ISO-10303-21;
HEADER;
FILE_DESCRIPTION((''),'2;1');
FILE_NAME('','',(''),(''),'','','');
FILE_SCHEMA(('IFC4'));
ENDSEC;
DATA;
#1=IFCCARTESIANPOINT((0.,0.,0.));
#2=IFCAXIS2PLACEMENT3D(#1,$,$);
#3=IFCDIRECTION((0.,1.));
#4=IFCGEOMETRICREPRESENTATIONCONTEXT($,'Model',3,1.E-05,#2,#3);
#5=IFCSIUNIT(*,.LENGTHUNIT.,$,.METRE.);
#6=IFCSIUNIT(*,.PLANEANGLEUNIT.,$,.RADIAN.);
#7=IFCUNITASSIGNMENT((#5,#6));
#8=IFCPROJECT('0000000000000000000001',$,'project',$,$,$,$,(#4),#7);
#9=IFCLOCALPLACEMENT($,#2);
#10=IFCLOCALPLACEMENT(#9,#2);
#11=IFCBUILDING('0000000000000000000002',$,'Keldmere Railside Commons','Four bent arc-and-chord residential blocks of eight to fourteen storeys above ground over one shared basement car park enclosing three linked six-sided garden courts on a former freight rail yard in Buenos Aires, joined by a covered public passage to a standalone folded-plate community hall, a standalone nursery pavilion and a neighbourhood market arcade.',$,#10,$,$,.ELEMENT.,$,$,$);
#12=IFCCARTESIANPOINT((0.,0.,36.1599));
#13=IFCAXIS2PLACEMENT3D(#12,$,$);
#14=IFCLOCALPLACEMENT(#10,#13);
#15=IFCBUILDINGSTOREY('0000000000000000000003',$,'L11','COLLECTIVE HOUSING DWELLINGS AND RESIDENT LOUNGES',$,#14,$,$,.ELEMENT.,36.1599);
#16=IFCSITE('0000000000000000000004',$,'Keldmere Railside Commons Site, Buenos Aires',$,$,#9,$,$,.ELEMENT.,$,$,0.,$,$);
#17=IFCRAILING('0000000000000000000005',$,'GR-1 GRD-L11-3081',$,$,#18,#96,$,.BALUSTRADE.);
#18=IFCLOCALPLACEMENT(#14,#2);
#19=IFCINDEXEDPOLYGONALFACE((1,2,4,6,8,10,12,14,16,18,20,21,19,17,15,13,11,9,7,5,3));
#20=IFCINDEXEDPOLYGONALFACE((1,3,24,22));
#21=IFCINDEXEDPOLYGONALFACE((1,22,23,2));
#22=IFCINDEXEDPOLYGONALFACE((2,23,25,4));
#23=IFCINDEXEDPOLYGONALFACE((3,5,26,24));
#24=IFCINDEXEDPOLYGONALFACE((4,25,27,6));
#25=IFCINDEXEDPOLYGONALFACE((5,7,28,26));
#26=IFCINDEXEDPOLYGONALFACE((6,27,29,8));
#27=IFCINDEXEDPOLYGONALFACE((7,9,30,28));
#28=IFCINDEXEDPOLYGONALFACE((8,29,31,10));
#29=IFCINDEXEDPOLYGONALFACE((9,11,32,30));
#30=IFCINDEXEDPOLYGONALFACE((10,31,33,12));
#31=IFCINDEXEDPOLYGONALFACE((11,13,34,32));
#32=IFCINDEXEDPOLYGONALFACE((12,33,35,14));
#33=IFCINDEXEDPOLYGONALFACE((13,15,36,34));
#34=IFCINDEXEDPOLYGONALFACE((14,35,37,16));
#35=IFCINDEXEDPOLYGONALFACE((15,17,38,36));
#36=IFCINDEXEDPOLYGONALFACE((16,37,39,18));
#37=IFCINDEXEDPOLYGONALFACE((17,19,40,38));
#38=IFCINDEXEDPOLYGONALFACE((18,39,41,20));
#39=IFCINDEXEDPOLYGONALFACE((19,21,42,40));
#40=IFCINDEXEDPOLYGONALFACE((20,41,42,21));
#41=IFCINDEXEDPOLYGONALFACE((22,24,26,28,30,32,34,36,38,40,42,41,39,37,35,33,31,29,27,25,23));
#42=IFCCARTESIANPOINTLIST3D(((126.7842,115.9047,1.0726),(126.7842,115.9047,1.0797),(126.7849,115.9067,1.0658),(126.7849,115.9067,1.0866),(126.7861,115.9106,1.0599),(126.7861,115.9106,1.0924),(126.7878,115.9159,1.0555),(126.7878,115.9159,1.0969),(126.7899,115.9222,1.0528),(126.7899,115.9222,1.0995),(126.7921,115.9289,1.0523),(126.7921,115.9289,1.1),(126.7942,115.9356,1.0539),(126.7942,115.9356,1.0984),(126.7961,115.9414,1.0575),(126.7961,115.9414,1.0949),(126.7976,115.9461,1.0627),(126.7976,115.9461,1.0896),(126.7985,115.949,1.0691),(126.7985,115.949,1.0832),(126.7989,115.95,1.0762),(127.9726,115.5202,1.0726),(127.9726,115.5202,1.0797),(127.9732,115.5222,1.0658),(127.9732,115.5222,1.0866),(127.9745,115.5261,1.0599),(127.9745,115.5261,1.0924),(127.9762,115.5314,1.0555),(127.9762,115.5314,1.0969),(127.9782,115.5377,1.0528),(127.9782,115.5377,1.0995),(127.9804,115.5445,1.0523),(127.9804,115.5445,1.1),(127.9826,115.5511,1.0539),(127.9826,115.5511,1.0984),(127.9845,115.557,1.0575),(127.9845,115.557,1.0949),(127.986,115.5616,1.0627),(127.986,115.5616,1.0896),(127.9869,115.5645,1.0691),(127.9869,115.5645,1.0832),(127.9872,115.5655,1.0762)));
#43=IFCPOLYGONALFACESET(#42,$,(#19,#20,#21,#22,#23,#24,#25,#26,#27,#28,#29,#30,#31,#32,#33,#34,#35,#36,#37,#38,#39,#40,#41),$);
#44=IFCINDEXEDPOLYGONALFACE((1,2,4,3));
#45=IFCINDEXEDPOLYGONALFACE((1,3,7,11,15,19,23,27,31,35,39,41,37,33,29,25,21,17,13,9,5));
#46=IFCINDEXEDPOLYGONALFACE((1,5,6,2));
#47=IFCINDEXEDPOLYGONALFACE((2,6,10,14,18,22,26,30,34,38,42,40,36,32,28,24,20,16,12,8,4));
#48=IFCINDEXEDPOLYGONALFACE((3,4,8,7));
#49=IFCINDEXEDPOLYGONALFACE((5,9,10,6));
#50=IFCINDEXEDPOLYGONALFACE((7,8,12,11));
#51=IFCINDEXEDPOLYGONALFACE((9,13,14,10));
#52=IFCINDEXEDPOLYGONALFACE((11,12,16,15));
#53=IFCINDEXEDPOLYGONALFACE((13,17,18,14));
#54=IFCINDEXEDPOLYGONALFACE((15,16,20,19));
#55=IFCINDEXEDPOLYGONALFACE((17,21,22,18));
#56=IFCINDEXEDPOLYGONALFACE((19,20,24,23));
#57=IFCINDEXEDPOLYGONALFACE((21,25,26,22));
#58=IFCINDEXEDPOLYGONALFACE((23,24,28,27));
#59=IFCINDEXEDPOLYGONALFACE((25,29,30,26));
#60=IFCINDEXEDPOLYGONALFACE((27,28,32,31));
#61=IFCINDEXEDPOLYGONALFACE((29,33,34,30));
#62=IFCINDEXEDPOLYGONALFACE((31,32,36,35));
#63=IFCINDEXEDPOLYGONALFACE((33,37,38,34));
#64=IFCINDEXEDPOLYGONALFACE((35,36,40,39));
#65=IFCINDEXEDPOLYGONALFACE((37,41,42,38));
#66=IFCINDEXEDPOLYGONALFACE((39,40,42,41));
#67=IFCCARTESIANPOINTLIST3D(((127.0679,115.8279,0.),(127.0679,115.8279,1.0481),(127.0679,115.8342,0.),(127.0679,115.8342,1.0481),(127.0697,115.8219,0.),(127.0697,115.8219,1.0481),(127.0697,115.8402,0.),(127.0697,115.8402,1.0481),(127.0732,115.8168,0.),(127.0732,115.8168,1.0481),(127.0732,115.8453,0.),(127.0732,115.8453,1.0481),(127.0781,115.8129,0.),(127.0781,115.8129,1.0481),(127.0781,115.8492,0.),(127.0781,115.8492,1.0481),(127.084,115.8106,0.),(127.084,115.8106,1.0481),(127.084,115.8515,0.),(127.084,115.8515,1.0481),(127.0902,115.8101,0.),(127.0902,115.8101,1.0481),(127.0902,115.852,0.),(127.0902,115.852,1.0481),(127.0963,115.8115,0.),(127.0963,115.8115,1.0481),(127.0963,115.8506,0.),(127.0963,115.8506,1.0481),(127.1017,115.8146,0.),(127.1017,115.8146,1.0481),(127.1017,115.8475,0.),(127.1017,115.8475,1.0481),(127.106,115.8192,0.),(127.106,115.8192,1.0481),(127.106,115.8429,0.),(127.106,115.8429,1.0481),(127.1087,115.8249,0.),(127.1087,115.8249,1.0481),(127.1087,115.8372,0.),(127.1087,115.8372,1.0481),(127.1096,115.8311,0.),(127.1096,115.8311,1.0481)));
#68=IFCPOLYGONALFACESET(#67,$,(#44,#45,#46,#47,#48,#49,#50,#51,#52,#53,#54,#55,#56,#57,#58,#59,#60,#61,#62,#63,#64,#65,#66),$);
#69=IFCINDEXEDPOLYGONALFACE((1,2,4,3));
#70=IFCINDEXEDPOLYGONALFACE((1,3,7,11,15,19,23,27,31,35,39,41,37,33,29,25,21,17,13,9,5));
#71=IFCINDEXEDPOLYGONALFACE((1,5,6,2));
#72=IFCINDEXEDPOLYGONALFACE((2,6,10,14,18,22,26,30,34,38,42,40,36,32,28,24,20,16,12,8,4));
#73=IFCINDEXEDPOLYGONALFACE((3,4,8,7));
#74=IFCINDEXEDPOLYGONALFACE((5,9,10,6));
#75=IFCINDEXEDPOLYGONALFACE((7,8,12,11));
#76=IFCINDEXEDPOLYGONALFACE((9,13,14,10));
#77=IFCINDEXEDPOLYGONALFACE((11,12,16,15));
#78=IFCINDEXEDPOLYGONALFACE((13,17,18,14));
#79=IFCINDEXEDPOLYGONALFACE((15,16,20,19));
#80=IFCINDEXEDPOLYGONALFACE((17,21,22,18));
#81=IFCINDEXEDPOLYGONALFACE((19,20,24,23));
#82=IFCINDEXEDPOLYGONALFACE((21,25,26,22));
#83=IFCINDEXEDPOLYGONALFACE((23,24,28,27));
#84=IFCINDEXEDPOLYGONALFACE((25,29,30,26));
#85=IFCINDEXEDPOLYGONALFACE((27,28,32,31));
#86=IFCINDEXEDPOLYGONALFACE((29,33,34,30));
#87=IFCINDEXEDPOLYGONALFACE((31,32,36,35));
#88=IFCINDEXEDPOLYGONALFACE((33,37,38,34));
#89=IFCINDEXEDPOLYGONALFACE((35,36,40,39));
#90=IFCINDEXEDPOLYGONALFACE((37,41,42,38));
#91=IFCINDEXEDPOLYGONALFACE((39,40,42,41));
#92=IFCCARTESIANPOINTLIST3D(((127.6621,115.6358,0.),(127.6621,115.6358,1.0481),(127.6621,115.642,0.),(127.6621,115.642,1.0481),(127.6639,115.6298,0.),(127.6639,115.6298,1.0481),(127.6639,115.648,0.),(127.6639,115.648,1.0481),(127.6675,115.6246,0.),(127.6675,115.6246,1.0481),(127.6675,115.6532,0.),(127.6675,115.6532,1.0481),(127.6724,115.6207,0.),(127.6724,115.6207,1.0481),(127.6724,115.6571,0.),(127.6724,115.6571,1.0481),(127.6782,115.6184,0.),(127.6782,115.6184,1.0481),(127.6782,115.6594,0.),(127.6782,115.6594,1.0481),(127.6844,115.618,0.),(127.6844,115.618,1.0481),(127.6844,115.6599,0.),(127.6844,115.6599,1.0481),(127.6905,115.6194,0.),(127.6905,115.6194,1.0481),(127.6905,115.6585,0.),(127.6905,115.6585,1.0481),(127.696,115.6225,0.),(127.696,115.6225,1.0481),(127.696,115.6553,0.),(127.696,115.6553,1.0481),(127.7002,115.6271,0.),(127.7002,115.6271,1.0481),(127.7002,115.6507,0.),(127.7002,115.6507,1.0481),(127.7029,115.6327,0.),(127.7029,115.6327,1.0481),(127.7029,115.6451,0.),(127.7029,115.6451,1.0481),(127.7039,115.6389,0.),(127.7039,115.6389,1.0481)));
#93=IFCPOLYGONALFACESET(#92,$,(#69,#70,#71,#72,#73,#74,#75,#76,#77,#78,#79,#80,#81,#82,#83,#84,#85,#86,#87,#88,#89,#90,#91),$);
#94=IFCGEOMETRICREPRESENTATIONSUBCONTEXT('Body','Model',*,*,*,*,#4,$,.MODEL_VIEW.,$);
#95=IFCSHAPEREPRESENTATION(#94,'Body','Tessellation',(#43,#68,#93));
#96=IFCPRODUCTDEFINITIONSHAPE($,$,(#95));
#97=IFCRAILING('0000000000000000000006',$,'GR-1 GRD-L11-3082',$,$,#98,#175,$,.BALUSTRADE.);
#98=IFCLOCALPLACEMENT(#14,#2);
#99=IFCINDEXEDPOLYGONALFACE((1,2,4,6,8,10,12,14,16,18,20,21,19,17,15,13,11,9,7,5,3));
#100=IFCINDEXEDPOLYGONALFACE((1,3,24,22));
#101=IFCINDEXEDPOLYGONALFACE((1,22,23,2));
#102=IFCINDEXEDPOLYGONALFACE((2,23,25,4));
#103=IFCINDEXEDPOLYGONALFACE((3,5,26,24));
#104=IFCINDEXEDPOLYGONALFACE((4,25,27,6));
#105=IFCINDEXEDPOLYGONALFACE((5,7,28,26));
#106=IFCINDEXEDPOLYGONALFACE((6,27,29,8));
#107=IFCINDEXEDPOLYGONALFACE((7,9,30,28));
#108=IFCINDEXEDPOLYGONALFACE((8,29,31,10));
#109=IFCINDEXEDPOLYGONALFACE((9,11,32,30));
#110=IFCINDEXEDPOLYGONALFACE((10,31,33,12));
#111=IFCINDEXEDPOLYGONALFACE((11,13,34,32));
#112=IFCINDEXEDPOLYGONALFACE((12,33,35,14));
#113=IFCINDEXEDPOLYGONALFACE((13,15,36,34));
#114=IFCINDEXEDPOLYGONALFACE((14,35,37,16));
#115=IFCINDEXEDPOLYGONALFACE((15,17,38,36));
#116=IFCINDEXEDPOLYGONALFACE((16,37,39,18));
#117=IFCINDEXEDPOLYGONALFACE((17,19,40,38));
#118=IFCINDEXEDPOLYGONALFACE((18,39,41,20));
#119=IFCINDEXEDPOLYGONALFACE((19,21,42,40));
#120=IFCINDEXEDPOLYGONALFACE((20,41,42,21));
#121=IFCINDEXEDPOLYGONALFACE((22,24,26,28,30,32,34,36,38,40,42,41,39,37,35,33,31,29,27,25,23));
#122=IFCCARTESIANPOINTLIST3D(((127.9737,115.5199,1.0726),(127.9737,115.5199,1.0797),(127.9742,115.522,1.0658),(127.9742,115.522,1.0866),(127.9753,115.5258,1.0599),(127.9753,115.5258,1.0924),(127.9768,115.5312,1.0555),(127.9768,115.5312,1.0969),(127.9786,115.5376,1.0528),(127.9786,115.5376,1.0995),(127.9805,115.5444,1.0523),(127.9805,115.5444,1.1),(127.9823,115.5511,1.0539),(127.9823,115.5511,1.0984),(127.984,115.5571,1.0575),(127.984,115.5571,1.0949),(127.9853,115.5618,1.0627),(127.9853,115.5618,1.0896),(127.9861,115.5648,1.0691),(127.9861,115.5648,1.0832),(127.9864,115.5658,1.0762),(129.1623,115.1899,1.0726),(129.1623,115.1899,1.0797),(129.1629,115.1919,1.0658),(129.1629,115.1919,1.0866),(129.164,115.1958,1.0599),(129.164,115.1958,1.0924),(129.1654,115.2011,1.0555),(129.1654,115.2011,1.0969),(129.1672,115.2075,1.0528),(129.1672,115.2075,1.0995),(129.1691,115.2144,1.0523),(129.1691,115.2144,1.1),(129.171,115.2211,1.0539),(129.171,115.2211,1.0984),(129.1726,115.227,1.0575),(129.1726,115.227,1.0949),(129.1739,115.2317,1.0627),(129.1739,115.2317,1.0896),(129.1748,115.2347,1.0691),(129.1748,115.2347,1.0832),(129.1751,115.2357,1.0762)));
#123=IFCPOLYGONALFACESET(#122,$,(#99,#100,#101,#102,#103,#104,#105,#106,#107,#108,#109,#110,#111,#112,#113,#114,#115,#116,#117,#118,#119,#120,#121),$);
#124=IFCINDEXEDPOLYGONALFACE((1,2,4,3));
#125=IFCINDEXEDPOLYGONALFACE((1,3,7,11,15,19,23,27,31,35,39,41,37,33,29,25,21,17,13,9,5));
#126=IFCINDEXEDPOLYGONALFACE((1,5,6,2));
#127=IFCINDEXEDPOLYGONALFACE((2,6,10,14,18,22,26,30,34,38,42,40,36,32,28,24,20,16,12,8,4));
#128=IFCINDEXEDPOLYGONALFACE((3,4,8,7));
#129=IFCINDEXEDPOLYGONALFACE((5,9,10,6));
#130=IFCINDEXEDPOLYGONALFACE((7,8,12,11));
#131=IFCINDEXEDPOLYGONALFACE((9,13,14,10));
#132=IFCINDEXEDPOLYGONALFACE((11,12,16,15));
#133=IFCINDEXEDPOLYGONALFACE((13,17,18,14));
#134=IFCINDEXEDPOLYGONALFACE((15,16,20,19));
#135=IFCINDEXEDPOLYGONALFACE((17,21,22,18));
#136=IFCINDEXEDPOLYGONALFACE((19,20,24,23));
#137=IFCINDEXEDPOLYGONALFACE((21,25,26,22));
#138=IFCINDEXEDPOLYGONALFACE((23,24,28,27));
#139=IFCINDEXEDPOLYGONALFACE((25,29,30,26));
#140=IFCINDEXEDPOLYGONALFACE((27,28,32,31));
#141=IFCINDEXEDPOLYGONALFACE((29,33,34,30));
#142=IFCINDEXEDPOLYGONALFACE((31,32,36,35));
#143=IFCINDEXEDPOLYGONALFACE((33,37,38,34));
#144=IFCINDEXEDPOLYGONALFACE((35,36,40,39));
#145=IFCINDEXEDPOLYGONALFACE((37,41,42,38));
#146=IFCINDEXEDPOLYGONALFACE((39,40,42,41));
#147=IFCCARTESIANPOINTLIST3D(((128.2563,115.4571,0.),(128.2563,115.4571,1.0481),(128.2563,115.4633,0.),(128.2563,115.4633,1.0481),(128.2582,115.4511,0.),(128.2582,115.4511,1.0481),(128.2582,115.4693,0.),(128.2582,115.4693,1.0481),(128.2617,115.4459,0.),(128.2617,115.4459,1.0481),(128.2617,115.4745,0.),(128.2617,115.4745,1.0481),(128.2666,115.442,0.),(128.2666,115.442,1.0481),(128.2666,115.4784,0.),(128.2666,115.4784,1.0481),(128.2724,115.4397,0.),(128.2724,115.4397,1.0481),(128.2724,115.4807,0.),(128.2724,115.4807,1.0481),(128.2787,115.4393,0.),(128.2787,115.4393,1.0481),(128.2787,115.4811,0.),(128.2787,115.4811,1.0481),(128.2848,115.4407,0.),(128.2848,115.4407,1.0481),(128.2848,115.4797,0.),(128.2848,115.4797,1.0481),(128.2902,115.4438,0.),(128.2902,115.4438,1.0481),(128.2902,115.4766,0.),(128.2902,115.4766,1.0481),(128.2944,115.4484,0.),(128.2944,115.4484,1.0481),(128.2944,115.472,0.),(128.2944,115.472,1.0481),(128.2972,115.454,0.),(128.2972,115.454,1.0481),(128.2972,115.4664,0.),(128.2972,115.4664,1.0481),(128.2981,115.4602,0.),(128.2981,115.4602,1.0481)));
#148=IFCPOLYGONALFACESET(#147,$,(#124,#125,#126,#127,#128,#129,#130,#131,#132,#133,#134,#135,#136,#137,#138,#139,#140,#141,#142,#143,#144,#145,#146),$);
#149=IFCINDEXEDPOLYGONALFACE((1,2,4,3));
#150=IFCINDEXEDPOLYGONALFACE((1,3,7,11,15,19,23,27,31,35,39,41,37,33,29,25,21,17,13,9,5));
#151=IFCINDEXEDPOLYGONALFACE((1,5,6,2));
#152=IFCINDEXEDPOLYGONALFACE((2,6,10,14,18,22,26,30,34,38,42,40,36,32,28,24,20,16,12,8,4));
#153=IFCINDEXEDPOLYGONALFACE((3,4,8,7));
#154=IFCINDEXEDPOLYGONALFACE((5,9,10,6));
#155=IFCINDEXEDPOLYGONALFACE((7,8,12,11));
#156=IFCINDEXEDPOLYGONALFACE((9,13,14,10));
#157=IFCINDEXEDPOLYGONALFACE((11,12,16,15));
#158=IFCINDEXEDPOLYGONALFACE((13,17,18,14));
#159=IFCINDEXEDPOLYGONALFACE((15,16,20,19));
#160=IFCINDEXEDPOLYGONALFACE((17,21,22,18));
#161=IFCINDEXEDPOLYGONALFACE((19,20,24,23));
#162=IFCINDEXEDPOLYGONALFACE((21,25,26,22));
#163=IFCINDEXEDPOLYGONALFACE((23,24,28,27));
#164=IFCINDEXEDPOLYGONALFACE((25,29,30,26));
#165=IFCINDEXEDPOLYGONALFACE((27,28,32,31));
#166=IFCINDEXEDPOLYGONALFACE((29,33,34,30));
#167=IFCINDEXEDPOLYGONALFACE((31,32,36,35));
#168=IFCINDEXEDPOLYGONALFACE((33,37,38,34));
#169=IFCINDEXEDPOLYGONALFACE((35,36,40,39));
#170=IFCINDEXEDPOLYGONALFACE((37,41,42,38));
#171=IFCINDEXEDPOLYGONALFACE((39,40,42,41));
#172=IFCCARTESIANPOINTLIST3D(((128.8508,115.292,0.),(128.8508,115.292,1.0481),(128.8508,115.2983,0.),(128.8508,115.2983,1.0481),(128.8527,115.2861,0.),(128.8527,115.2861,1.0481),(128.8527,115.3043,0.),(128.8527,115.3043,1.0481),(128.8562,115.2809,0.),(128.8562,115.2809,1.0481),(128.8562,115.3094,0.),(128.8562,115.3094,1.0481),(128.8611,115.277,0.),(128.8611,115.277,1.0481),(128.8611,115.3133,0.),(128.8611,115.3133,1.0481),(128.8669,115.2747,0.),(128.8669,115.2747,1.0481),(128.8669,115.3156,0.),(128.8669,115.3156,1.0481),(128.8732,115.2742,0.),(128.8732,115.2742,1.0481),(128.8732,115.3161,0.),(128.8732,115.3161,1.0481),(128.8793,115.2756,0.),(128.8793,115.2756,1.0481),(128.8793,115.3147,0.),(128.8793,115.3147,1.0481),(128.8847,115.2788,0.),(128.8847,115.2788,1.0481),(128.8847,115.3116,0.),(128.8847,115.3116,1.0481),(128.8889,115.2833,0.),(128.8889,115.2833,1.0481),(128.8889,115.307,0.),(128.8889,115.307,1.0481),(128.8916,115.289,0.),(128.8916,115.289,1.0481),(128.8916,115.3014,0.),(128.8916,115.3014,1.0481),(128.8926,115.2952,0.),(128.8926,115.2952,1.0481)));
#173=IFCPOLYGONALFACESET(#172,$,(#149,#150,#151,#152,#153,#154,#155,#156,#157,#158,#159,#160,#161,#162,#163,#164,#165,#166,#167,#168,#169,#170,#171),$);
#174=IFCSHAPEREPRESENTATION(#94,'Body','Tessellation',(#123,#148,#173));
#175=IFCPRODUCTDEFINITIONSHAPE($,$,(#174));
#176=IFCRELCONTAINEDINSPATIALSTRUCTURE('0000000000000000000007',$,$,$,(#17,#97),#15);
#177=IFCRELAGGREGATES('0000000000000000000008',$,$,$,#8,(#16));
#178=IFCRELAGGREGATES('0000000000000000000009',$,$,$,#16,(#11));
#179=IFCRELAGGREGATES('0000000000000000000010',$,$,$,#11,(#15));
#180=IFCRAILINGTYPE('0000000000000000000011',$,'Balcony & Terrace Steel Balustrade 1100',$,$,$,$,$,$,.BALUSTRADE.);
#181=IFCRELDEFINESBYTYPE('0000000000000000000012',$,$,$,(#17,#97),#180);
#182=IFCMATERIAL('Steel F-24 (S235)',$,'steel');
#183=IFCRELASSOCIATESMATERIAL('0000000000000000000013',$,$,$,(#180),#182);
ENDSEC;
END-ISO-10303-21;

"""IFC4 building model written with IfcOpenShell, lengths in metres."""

from ifc_helpers import new_model, si_unit, direction, frame, origin, origin_2d, place, context, subcontext, project, spatial, circle, extrude, material, type_object, element, save


model = new_model("IFC4")

# Units and contexts
model_context = context("Model", 3, precision=1e-05, world=origin(), true_north=direction((0.0, 1.0)))
body_context = subcontext(model_context, "Body", "Model", "MODEL_VIEW")
ifc_project = project(units=[si_unit("LENGTHUNIT", "METRE"), si_unit("PLANEANGLEUNIT", "RADIAN")], contexts=[model_context])

# Site, building, storey
site_placement = place(None, origin())
site = spatial("IfcSite", under=ifc_project, at=site_placement, Name="Keldmere Railside Commons Site, Buenos Aires", CompositionType="ELEMENT", RefElevation=0.0)
building_placement = place(site_placement, origin())
building = spatial("IfcBuilding", under=site, at=building_placement, Name="Keldmere Railside Commons", Description="Four bent arc-and-chord residential blocks of eight to fourteen storeys above ground over one shared basement car park enclosing three linked six-sided garden courts on a former freight rail yard in Buenos Aires, joined by a covered public passage to a standalone folded-plate community hall, a standalone nursery pavilion and a neighbourhood market arcade.", CompositionType="ELEMENT")
storey_placement = place(building_placement, frame((0.0, 0.0, 36.1599)))
storey = spatial("IfcBuildingStorey", under=building, at=storey_placement, Name="L11", Description="COLLECTIVE HOUSING DWELLINGS AND RESIDENT LOUNGES", CompositionType="ELEMENT", Elevation=36.1599)

# Railings
ifc_material_1 = material(Name="Steel F-24 (S235)", Category="steel")
railing_type_1 = type_object("IfcRailingType", Name="Balcony & Terrace Steel Balustrade 1100", PredefinedType="BALUSTRADE", material=ifc_material_1)
railing_1_placement = place(storey_placement, frame((126.7915, 115.9272, 0.0)))
element("IfcRailing", 1, at=railing_1_placement, inside=storey, type_object=railing_type_1, Name="GR-1 GRD-L11-3081", PredefinedType="BALUSTRADE", context=body_context, shape_type="SweptSolid", body=[
    extrude(circle(Radius=0.0239, at=origin_2d()), frame((0.0, 0.0, 1.0762), z_axis=(0.951441, -0.307831, 0.0), x_axis=(0.307831, 0.951441, 0.0)), (0.0, 0.0, 1.0), 1.249),
    extrude(circle(Radius=0.021, at=origin_2d()), frame((0.2971, -0.0962, 0.0)), (0.0, 0.0, 1.0), 1.0481),
    extrude(circle(Radius=0.021, at=origin_2d()), frame((0.8914, -0.2883, 0.0)), (0.0, 0.0, 1.0), 1.0481),
])
railing_2_placement = place(storey_placement, frame((127.98, 115.5427, 0.0)))
element("IfcRailing", 2, at=railing_2_placement, inside=storey, type_object=railing_type_1, Name="GR-1 GRD-L11-3082", PredefinedType="BALUSTRADE", context=body_context, shape_type="SweptSolid", body=[
    extrude(circle(Radius=0.0239, at=origin_2d()), frame((0.0, 0.0, 1.0762), z_axis=(0.963543, -0.267552, 0.0), x_axis=(0.267552, 0.963543, 0.0)), (0.0, 0.0, 1.0), 1.2336),
    extrude(circle(Radius=0.021, at=origin_2d()), frame((0.2971, -0.0825, 0.0)), (0.0, 0.0, 1.0), 1.0481),
    extrude(circle(Radius=0.021, at=origin_2d()), frame((0.8916, -0.2476, 0.0)), (0.0, 0.0, 1.0), 1.0481),
])

save(model, "model.ifc")
